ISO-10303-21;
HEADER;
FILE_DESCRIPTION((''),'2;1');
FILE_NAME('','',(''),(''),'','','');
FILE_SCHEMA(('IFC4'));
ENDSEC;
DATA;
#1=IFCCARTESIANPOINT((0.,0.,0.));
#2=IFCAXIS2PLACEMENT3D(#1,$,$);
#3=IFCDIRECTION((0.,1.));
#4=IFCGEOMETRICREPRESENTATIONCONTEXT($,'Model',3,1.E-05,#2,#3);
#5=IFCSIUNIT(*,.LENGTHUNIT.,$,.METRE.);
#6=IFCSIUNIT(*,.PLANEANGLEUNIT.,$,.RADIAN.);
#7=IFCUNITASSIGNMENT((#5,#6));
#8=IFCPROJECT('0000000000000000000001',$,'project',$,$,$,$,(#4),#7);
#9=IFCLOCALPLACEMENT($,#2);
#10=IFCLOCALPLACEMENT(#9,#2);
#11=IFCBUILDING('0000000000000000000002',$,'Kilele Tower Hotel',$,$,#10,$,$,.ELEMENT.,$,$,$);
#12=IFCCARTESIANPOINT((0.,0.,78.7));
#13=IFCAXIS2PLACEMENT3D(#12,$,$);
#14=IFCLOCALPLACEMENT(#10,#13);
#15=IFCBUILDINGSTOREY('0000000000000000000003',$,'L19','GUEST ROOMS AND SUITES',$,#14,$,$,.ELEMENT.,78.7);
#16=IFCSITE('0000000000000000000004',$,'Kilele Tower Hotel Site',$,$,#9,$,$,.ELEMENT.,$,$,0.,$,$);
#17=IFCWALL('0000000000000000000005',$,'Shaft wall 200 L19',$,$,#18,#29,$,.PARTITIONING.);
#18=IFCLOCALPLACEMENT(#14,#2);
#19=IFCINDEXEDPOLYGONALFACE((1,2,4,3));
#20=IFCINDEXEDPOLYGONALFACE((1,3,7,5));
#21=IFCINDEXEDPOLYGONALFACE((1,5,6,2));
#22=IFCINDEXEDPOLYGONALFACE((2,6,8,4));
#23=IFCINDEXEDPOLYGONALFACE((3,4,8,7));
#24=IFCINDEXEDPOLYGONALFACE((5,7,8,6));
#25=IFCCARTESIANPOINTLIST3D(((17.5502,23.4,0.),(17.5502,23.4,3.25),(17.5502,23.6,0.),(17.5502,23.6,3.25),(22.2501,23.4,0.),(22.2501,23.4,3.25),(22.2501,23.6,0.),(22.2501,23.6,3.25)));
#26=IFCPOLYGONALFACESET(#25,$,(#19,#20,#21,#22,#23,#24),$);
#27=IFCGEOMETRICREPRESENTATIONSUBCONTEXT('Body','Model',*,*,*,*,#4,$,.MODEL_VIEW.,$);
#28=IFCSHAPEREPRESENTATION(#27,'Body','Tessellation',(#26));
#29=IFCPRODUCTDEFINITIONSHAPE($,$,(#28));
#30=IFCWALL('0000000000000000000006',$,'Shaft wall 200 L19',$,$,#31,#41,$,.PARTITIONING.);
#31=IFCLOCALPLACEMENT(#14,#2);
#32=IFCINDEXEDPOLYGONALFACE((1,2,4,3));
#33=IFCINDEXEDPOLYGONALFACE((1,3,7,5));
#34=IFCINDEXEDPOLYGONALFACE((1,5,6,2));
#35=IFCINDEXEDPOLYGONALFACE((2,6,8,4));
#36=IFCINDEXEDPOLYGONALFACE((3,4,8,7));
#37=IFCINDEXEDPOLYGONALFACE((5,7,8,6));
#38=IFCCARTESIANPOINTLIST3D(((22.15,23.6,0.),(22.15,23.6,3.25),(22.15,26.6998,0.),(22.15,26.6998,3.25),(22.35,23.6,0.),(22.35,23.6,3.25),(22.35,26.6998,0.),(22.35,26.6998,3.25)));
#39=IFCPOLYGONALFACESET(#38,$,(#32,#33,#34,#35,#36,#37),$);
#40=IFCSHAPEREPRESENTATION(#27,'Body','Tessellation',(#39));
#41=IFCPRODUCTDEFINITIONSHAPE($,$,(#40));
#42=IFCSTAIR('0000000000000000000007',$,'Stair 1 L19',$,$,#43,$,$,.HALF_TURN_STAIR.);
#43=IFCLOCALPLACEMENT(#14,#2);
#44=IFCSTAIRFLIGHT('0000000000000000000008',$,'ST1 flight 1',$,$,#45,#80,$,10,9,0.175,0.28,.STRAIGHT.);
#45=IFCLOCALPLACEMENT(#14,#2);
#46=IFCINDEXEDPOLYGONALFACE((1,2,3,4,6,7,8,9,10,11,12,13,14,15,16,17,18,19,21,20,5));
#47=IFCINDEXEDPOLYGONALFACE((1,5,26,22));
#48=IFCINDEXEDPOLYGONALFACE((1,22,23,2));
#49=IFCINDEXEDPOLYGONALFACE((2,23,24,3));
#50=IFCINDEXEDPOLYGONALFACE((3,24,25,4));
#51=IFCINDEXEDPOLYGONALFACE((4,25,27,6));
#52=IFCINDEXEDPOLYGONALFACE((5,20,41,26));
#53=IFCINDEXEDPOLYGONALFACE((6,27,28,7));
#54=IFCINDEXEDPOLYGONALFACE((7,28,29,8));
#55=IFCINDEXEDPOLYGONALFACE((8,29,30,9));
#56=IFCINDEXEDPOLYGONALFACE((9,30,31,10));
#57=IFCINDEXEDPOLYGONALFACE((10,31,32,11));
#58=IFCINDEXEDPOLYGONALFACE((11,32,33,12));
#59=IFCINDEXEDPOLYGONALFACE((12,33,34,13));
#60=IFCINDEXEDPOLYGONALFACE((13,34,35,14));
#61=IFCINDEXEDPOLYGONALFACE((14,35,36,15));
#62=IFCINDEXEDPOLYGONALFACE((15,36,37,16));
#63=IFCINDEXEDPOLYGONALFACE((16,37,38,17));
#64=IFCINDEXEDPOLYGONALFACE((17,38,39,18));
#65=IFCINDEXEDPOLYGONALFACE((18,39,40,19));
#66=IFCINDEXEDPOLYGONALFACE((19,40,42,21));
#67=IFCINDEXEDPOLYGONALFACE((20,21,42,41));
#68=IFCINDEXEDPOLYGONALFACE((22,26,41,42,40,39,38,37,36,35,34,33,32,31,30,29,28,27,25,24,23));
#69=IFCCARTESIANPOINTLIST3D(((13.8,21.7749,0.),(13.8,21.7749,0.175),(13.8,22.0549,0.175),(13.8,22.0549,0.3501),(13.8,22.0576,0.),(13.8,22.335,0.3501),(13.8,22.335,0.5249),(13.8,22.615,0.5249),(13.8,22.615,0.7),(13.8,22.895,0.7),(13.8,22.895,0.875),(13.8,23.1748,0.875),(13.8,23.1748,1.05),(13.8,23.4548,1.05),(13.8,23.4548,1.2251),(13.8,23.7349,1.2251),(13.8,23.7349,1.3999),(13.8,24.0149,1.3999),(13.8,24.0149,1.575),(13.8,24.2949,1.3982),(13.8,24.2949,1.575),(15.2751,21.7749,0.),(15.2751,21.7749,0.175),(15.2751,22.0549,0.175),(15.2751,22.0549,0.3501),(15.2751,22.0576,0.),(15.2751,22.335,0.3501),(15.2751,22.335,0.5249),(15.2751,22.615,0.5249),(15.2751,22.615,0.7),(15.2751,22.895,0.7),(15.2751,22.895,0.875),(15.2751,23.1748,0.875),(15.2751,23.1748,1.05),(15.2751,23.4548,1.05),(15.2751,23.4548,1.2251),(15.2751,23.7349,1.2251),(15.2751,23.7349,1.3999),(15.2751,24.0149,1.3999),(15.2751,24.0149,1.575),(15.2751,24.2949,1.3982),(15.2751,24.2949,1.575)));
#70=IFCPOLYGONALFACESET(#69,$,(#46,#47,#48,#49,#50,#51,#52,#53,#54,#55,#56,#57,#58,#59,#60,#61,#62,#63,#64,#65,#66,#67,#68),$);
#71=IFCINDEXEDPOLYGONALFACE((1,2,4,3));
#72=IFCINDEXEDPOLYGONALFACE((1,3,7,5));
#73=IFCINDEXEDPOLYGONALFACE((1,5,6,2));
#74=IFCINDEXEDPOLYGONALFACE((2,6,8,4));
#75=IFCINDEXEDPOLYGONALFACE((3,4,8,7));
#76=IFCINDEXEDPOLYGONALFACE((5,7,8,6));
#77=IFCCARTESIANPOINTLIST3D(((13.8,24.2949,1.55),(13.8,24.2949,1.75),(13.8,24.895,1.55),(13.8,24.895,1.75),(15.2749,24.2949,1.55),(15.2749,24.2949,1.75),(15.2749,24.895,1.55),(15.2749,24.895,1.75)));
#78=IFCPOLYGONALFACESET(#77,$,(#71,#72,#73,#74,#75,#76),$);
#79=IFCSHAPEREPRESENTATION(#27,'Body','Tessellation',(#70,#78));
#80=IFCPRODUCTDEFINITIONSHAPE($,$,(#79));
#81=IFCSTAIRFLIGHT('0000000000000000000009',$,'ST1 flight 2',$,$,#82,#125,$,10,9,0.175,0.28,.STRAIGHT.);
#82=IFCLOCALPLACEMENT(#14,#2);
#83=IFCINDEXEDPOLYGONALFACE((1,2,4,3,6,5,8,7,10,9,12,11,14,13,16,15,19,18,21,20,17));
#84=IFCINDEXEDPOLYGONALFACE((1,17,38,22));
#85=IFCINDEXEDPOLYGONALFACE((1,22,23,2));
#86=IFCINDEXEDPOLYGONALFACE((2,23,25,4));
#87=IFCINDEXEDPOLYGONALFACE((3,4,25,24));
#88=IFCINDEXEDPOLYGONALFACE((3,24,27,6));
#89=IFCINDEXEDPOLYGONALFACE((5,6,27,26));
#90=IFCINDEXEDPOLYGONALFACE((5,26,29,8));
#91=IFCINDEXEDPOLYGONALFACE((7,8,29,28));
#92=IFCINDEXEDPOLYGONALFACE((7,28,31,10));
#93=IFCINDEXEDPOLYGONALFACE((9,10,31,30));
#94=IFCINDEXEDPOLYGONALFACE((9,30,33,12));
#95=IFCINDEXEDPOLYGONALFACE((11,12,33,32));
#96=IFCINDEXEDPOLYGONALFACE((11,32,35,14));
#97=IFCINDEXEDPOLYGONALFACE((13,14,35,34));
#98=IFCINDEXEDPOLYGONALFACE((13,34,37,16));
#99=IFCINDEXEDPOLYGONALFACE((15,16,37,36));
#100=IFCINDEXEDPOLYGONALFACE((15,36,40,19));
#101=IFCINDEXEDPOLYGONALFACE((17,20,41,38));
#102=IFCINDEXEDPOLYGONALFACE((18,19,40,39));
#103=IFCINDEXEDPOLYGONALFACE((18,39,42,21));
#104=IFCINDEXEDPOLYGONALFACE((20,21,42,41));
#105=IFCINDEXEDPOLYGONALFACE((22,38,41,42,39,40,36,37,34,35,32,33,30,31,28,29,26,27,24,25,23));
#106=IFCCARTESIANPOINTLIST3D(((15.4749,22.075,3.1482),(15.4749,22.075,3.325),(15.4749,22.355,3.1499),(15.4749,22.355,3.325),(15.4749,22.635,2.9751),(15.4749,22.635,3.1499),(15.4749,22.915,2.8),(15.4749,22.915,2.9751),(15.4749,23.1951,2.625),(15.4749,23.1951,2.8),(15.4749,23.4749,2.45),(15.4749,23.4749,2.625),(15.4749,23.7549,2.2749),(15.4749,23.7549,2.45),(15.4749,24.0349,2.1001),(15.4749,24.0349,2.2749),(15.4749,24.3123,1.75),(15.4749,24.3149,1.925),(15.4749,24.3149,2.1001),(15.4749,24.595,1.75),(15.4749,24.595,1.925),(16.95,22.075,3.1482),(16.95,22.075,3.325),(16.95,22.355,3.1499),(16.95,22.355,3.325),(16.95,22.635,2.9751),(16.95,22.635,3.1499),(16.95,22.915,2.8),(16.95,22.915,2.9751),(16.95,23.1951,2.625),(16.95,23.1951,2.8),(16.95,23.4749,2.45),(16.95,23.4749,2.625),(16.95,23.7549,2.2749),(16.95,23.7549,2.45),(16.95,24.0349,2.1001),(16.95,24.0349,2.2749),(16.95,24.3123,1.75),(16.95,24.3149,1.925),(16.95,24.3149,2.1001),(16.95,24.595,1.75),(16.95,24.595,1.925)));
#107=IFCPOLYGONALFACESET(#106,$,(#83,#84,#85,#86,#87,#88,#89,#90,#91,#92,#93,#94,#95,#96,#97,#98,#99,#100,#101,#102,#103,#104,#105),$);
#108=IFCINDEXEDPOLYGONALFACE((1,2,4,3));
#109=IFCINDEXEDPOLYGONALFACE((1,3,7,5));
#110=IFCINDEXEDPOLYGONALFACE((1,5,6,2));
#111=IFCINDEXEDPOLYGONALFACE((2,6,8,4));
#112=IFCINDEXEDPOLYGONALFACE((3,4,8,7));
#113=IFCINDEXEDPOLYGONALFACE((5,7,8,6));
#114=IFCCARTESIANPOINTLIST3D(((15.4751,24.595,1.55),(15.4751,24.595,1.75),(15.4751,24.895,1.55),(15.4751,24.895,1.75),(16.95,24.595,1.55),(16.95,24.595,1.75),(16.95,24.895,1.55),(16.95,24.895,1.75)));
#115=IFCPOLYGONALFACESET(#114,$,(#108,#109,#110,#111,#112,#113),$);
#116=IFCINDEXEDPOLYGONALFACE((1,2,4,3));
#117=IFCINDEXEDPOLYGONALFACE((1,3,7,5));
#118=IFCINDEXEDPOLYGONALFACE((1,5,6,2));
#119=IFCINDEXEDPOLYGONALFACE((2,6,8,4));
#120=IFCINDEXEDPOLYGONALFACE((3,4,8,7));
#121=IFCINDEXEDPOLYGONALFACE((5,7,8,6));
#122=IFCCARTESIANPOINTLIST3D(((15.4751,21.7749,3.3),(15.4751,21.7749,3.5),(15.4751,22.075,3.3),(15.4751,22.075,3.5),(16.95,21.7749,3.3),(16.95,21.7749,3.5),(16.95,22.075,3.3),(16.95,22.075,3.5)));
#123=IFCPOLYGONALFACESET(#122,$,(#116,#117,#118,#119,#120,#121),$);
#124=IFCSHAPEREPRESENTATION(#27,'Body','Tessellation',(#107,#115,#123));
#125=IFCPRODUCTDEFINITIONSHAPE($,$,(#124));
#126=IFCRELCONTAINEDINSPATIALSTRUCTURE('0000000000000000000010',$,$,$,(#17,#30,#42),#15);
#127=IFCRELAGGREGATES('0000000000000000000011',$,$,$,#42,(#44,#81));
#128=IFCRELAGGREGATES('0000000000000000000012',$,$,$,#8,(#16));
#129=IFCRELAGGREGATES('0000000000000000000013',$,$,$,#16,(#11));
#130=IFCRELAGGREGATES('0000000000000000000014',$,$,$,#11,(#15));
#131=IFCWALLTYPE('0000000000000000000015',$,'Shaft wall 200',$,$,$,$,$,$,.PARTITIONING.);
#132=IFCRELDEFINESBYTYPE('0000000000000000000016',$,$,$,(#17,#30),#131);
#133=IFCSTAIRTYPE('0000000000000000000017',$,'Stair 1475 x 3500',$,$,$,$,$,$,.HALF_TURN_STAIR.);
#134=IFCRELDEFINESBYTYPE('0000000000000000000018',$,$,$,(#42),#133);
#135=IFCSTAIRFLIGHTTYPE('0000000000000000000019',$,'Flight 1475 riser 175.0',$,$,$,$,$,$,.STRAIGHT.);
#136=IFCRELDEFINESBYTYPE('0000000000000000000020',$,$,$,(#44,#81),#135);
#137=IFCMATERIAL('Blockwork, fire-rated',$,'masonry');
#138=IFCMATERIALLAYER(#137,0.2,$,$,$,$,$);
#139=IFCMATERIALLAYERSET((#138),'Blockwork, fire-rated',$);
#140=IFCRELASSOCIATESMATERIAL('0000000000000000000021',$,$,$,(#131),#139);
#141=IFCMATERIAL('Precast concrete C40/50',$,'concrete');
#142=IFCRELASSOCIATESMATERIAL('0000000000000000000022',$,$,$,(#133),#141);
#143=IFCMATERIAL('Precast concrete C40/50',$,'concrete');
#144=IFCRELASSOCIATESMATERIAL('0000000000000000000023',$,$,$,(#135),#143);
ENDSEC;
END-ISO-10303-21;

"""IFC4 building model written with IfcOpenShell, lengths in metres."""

from ifc_helpers import new_model, si_unit, direction, frame, frame_2d, origin, place, context, subcontext, project, spatial, polyline, rectangle, outline, extrude, material, layer, layer_set, type_object, element, aggregate, save


model = new_model("IFC4")

# Units and contexts
model_context = context("Model", 3, precision=1e-05, world=origin(), true_north=direction((0.0, 1.0)))
body_context = subcontext(model_context, "Body", "Model", "MODEL_VIEW")
ifc_project = project(units=[si_unit("LENGTHUNIT", "METRE"), si_unit("PLANEANGLEUNIT", "RADIAN")], contexts=[model_context])

# Site, building, storey
site_placement = place(None, origin())
site = spatial("IfcSite", under=ifc_project, at=site_placement, Name="Kilele Tower Hotel Site", CompositionType="ELEMENT", RefElevation=0.0)
building_placement = place(site_placement, origin())
building = spatial("IfcBuilding", under=site, at=building_placement, Name="Kilele Tower Hotel", CompositionType="ELEMENT")
storey_placement = place(building_placement, frame((0.0, 0.0, 78.7)))
storey = spatial("IfcBuildingStorey", under=building, at=storey_placement, Name="L19", Description="GUEST ROOMS AND SUITES", CompositionType="ELEMENT", Elevation=78.7)

# Walls
ifc_material_1 = material(Name="Blockwork, fire-rated", Category="masonry")
ifc_layer_1 = layer(ifc_material_1, 0.2)
ifc_layer_set_1 = layer_set([ifc_layer_1], Name="Blockwork, fire-rated")
wall_type_1 = type_object("IfcWallType", Name="Shaft wall 200", PredefinedType="PARTITIONING", material=ifc_layer_set_1)
wall_1_placement = place(storey_placement, frame((17.55, 23.5, 0.0), z_axis=(0.0, 0.0, 1.0), x_axis=(1.0, 0.0, 0.0)))
element("IfcWall", 1, at=wall_1_placement, inside=storey, type_object=wall_type_1, Name="Shaft wall 200 L19", PredefinedType="PARTITIONING", context=body_context, shape_type="SweptSolid", body=[
    extrude(rectangle(XDim=4.7, YDim=0.2, at=frame_2d((2.3501, 0.0))), origin(), (0.0, 0.0, 1.0), 3.25),
])
wall_2_placement = place(storey_placement, frame((22.25, 23.6001, 0.0), z_axis=(0.0, 0.0, 1.0), x_axis=(0.0, 1.0, 0.0)))
element("IfcWall", 2, at=wall_2_placement, inside=storey, type_object=wall_type_1, Name="Shaft wall 200 L19", PredefinedType="PARTITIONING", context=body_context, shape_type="SweptSolid", body=[
    extrude(rectangle(XDim=3.0999, YDim=0.2, at=frame_2d((1.5498, 0.0))), origin(), (0.0, 0.0, 1.0), 3.25),
])

# Stair, stair flights
ifc_material_2 = material(Name="Precast concrete C40/50", Category="concrete")
stair_type = type_object("IfcStairType", Name="Stair 1475 x 3500", PredefinedType="HALF_TURN_STAIR", material=ifc_material_2)
stair_placement = place(storey_placement, origin())
stair = element("IfcStair", 3, at=stair_placement, inside=storey, type_object=stair_type, Name="Stair 1 L19", PredefinedType="HALF_TURN_STAIR")
ifc_material_3 = material(Name="Precast concrete C40/50", Category="concrete")
stair_flight_type = type_object("IfcStairFlightType", Name="Flight 1475 riser 175.0", PredefinedType="STRAIGHT", material=ifc_material_3)
stair_flight_1_placement = place(storey_placement, frame((14.5376, 21.7749, 0.0), z_axis=(0.0, 0.0, 1.0), x_axis=(0.0, 1.0, 0.0)))
stair_flight_1 = element("IfcStairFlight", 4, at=stair_flight_1_placement, type_object=stair_flight_type, Name="ST1 flight 1", NumberOfRisers=10, NumberOfTreads=9, PredefinedType="STRAIGHT", RiserHeight=0.175, TreadLength=0.28, context=body_context, shape_type="SweptSolid", body=[
    extrude(outline(polyline([(0.0, 0.0), (0.0, 0.175), (0.28, 0.175), (0.28, 0.3501), (0.5601, 0.3501), (0.5601, 0.5249), (0.8401, 0.5249), (0.8401, 0.7), (1.1201, 0.7), (1.1201, 0.875), (1.3999, 0.875), (1.3999, 1.05), (1.6799, 1.05), (1.6799, 1.2251), (1.96, 1.2251), (1.96, 1.3999), (2.24, 1.3999), (2.24, 1.575), (2.52, 1.575), (2.52, 1.75), (2.52, 1.3982), (0.2827, 0.0), (0.0, 0.0)])), frame((0.0, 0.7375, 0.0), z_axis=(0.0, -1.0, 0.0), x_axis=(1.0, 0.0, 0.0)), (0.0, 0.0, 1.0), 1.4751),
    extrude(outline(polyline([(2.52, 0.7375), (2.52, -0.7373), (3.1201, -0.7373), (3.1201, 0.7375), (2.52, 0.7375)])), frame((0.0, 0.0, 1.55)), (0.0, 0.0, 1.0), 0.2),
])
stair_flight_2_placement = place(storey_placement, frame((16.2124, 24.595, 1.75), z_axis=(0.0, 0.0, 1.0), x_axis=(0.0, -1.0, 0.0)))
stair_flight_2 = element("IfcStairFlight", 5, at=stair_flight_2_placement, type_object=stair_flight_type, Name="ST1 flight 2", NumberOfRisers=10, NumberOfTreads=9, PredefinedType="STRAIGHT", RiserHeight=0.175, TreadLength=0.28, context=body_context, shape_type="SweptSolid", body=[
    extrude(outline(polyline([(0.0, 0.0), (0.0, 0.175), (0.28, 0.175), (0.28, 0.3501), (0.5601, 0.3501), (0.5601, 0.5249), (0.8401, 0.5249), (0.8401, 0.7), (1.1201, 0.7), (1.1201, 0.875), (1.3999, 0.875), (1.3999, 1.05), (1.6799, 1.05), (1.6799, 1.2251), (1.96, 1.2251), (1.96, 1.3999), (2.24, 1.3999), (2.24, 1.575), (2.52, 1.575), (2.52, 1.75), (2.52, 1.3982), (0.2827, 0.0), (0.0, 0.0)])), frame((0.0, 0.7375, 0.0), z_axis=(0.0, -1.0, 0.0), x_axis=(1.0, 0.0, 0.0)), (0.0, 0.0, 1.0), 1.4751),
    extrude(outline(polyline([(0.0, -0.7373), (0.0, 0.7375), (-0.3, 0.7375), (-0.3, -0.7373), (0.0, -0.7373)])), frame((0.0, 0.0, -0.2)), (0.0, 0.0, 1.0), 0.2),
    extrude(outline(polyline([(2.8201, -0.7373), (2.8201, 0.7375), (2.52, 0.7375), (2.52, -0.7373), (2.8201, -0.7373)])), frame((0.0, 0.0, 1.55)), (0.0, 0.0, 1.0), 0.2),
])
aggregate(stair, [stair_flight_1, stair_flight_2])

save(model, "model.ifc")
